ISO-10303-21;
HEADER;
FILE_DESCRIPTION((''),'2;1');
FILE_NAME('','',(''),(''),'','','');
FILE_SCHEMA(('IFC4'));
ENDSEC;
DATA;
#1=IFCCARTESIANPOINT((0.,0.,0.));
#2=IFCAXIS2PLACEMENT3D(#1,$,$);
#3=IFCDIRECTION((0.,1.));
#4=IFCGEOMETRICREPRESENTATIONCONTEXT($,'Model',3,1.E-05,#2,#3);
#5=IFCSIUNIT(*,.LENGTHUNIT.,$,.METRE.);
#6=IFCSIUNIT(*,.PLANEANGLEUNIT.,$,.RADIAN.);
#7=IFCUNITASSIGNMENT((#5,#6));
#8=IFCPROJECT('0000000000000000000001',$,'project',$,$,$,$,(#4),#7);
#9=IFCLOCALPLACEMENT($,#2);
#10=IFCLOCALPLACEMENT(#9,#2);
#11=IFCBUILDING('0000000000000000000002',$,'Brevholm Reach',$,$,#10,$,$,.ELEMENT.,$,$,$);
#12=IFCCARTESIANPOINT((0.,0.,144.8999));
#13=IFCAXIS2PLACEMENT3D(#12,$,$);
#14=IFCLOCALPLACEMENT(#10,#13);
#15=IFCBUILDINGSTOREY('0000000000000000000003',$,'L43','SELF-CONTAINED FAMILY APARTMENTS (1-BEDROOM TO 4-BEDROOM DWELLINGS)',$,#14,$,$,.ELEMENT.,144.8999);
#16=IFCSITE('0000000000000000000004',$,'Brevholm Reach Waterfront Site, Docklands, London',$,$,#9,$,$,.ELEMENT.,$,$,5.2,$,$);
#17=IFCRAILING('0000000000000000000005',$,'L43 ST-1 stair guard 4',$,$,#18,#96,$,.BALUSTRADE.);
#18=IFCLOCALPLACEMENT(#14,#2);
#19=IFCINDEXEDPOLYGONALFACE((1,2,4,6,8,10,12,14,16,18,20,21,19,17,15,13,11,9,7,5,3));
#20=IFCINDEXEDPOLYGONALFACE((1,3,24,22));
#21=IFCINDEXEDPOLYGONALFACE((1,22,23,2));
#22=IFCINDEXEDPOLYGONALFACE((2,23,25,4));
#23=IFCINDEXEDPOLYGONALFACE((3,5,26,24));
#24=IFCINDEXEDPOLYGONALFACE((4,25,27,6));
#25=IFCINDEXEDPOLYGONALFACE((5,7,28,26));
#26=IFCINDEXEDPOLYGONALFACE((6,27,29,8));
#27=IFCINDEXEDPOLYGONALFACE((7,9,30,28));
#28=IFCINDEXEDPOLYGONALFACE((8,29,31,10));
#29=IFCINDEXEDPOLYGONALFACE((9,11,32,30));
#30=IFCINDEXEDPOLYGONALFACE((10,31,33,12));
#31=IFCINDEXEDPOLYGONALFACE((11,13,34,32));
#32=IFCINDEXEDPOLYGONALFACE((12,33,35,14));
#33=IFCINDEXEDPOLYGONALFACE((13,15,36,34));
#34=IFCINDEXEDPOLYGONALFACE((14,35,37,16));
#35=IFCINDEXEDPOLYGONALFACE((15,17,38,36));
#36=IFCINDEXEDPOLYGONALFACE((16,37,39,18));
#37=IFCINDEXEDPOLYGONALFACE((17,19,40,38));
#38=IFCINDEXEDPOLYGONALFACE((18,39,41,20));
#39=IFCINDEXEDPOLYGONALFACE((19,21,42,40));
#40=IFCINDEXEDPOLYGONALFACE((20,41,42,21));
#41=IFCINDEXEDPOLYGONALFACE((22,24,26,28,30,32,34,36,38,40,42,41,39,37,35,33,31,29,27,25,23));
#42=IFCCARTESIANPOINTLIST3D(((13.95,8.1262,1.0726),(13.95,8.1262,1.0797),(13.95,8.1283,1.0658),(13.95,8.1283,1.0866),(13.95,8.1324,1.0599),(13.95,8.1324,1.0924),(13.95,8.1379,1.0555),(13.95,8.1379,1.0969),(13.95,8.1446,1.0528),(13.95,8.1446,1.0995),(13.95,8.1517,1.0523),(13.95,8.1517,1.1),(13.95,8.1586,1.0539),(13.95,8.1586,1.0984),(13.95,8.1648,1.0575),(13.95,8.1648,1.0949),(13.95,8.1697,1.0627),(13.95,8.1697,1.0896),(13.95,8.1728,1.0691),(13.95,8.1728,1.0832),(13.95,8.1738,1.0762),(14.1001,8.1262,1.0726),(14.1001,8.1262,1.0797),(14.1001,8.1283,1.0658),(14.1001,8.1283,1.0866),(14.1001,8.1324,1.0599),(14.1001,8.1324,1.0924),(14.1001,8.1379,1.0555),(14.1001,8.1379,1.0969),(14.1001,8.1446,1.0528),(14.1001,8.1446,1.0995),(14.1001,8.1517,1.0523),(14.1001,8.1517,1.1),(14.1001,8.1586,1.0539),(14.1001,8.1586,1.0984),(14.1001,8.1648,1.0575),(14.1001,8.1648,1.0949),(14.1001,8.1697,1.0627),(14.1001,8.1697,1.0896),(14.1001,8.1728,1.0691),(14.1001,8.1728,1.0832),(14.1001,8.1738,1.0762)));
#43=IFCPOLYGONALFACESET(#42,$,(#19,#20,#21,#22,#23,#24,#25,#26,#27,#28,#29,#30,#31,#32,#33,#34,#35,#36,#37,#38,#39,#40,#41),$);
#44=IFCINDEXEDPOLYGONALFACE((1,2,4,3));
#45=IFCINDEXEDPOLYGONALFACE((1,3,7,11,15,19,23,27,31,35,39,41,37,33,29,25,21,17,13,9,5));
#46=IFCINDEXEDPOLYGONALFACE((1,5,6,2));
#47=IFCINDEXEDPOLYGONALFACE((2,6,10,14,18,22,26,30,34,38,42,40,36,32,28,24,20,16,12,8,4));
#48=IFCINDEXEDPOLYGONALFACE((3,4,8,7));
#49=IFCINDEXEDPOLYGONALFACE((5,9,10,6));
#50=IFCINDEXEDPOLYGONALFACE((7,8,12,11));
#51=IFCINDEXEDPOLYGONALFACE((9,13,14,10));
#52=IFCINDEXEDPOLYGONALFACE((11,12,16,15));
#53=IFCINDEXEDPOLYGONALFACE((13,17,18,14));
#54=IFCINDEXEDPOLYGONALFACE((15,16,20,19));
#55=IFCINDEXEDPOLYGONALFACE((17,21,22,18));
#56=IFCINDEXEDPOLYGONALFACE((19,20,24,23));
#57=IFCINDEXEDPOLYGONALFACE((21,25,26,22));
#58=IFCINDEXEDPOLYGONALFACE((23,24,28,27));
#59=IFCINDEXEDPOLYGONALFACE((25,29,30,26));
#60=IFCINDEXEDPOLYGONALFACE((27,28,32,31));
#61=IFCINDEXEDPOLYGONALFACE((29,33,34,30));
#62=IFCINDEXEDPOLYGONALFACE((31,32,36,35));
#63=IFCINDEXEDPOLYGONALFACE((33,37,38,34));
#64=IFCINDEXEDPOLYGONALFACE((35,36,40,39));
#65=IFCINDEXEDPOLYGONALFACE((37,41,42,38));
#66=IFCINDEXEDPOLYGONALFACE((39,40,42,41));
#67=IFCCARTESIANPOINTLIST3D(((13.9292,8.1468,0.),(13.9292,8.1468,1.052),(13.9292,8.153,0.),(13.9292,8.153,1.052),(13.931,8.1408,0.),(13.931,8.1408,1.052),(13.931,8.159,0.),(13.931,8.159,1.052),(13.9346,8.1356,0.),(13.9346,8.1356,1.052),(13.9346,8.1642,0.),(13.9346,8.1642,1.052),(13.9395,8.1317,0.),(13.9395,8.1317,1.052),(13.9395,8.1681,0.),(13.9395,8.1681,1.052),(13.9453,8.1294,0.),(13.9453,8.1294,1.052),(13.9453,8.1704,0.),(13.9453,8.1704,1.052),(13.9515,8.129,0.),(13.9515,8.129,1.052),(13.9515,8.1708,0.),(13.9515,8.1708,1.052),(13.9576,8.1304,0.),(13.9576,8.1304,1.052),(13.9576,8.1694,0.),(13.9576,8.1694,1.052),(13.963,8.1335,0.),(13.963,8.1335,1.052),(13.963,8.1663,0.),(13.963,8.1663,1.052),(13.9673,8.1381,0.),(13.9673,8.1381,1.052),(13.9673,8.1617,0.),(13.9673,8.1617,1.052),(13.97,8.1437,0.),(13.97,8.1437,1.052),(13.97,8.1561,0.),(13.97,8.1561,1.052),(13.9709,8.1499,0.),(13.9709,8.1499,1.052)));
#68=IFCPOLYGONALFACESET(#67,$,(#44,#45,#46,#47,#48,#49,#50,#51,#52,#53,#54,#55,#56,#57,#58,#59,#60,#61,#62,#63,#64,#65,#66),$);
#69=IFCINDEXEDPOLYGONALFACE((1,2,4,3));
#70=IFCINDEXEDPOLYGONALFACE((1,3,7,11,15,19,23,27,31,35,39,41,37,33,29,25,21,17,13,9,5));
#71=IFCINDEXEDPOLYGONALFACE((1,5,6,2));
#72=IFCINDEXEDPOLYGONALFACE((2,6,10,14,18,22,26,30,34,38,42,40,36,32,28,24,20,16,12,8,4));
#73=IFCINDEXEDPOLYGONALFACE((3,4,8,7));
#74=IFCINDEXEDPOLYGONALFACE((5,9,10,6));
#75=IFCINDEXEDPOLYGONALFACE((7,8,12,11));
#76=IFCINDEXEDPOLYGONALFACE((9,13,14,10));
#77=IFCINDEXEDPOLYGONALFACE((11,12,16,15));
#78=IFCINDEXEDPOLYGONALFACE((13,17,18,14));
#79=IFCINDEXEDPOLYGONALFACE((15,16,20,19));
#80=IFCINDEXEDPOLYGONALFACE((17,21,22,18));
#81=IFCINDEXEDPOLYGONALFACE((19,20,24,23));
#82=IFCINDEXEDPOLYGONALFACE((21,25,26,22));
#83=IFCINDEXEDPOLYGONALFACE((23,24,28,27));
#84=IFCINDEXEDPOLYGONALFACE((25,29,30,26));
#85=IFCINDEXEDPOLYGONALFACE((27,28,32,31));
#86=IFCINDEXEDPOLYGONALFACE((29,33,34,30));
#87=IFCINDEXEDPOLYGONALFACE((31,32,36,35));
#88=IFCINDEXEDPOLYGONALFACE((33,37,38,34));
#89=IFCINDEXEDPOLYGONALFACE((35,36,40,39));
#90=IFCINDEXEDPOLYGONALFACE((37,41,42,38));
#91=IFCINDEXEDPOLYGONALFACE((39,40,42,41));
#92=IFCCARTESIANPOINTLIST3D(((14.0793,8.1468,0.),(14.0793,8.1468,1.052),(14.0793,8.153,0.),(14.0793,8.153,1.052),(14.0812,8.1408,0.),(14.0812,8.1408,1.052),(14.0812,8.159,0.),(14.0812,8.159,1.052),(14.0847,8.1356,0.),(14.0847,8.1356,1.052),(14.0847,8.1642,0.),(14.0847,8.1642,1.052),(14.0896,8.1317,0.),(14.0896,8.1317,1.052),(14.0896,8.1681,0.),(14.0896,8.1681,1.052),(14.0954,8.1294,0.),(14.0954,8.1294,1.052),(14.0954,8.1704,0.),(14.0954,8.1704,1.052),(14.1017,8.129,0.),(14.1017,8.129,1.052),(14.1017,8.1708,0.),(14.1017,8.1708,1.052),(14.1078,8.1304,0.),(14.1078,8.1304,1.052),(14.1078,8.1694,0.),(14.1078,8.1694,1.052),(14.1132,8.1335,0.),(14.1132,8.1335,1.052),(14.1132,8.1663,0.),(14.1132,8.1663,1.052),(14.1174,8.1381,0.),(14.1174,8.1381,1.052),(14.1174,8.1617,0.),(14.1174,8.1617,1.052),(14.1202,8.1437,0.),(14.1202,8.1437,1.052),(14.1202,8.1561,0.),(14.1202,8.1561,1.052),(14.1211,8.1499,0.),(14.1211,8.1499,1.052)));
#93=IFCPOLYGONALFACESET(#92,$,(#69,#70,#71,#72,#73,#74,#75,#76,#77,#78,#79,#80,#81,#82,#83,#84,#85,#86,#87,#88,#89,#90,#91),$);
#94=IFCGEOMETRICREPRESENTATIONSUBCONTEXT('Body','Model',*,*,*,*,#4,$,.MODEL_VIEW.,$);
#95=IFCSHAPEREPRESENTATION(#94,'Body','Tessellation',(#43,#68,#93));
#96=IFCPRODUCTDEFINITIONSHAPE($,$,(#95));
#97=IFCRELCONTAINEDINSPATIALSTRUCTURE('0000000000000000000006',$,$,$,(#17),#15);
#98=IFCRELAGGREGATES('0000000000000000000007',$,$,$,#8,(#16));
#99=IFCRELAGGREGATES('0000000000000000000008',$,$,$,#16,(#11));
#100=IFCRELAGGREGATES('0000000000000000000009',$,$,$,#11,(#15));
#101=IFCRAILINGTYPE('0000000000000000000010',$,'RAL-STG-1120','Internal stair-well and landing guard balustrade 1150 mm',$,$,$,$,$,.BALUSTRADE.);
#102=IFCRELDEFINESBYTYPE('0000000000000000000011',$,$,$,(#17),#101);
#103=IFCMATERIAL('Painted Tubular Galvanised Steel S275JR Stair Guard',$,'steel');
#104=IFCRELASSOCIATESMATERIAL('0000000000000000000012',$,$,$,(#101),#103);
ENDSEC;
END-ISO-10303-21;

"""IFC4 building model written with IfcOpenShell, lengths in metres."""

from ifc_helpers import new_model, si_unit, direction, frame, origin, origin_2d, place, context, subcontext, project, spatial, circle, extrude, material, type_object, element, save


model = new_model("IFC4")

# Units and contexts
model_context = context("Model", 3, precision=1e-05, world=origin(), true_north=direction((0.0, 1.0)))
body_context = subcontext(model_context, "Body", "Model", "MODEL_VIEW")
ifc_project = project(units=[si_unit("LENGTHUNIT", "METRE"), si_unit("PLANEANGLEUNIT", "RADIAN")], contexts=[model_context])

# Site, building, storey
site_placement = place(None, origin())
site = spatial("IfcSite", under=ifc_project, at=site_placement, Name="Brevholm Reach Waterfront Site, Docklands, London", CompositionType="ELEMENT", RefElevation=5.2)
building_placement = place(site_placement, origin())
building = spatial("IfcBuilding", under=site, at=building_placement, Name="Brevholm Reach", CompositionType="ELEMENT")
storey_placement = place(building_placement, frame((0.0, 0.0, 144.8999)))
storey = spatial("IfcBuildingStorey", under=building, at=storey_placement, Name="L43", Description="SELF-CONTAINED FAMILY APARTMENTS (1-BEDROOM TO 4-BEDROOM DWELLINGS)", CompositionType="ELEMENT", Elevation=144.8999)

# Railing
ifc_material_1 = material(Name="Painted Tubular Galvanised Steel S275JR Stair Guard", Category="steel")
railing_type_1 = type_object("IfcRailingType", Name="RAL-STG-1120", Description="Internal stair-well and landing guard balustrade 1150 mm", PredefinedType="BALUSTRADE", material=ifc_material_1)
railing_1_placement = place(storey_placement, frame((13.95, 8.1499, 0.0)))
element("IfcRailing", 1, at=railing_1_placement, inside=storey, type_object=railing_type_1, Name="L43 ST-1 stair guard 4", PredefinedType="BALUSTRADE", context=body_context, shape_type="SweptSolid", body=[
    extrude(circle(Radius=0.0239, at=origin_2d()), frame((0.0, 0.0, 1.0762), z_axis=(1.0, 0.0, 0.0), x_axis=(0.0, 1.0, 0.0)), (0.0, 0.0, 1.0), 0.1501),
    extrude(circle(Radius=0.021, at=origin_2d()), origin(), (0.0, 0.0, 1.0), 1.052),
    extrude(circle(Radius=0.021, at=origin_2d()), frame((0.1501, 0.0, 0.0)), (0.0, 0.0, 1.0), 1.052),
])

save(model, "model.ifc")
